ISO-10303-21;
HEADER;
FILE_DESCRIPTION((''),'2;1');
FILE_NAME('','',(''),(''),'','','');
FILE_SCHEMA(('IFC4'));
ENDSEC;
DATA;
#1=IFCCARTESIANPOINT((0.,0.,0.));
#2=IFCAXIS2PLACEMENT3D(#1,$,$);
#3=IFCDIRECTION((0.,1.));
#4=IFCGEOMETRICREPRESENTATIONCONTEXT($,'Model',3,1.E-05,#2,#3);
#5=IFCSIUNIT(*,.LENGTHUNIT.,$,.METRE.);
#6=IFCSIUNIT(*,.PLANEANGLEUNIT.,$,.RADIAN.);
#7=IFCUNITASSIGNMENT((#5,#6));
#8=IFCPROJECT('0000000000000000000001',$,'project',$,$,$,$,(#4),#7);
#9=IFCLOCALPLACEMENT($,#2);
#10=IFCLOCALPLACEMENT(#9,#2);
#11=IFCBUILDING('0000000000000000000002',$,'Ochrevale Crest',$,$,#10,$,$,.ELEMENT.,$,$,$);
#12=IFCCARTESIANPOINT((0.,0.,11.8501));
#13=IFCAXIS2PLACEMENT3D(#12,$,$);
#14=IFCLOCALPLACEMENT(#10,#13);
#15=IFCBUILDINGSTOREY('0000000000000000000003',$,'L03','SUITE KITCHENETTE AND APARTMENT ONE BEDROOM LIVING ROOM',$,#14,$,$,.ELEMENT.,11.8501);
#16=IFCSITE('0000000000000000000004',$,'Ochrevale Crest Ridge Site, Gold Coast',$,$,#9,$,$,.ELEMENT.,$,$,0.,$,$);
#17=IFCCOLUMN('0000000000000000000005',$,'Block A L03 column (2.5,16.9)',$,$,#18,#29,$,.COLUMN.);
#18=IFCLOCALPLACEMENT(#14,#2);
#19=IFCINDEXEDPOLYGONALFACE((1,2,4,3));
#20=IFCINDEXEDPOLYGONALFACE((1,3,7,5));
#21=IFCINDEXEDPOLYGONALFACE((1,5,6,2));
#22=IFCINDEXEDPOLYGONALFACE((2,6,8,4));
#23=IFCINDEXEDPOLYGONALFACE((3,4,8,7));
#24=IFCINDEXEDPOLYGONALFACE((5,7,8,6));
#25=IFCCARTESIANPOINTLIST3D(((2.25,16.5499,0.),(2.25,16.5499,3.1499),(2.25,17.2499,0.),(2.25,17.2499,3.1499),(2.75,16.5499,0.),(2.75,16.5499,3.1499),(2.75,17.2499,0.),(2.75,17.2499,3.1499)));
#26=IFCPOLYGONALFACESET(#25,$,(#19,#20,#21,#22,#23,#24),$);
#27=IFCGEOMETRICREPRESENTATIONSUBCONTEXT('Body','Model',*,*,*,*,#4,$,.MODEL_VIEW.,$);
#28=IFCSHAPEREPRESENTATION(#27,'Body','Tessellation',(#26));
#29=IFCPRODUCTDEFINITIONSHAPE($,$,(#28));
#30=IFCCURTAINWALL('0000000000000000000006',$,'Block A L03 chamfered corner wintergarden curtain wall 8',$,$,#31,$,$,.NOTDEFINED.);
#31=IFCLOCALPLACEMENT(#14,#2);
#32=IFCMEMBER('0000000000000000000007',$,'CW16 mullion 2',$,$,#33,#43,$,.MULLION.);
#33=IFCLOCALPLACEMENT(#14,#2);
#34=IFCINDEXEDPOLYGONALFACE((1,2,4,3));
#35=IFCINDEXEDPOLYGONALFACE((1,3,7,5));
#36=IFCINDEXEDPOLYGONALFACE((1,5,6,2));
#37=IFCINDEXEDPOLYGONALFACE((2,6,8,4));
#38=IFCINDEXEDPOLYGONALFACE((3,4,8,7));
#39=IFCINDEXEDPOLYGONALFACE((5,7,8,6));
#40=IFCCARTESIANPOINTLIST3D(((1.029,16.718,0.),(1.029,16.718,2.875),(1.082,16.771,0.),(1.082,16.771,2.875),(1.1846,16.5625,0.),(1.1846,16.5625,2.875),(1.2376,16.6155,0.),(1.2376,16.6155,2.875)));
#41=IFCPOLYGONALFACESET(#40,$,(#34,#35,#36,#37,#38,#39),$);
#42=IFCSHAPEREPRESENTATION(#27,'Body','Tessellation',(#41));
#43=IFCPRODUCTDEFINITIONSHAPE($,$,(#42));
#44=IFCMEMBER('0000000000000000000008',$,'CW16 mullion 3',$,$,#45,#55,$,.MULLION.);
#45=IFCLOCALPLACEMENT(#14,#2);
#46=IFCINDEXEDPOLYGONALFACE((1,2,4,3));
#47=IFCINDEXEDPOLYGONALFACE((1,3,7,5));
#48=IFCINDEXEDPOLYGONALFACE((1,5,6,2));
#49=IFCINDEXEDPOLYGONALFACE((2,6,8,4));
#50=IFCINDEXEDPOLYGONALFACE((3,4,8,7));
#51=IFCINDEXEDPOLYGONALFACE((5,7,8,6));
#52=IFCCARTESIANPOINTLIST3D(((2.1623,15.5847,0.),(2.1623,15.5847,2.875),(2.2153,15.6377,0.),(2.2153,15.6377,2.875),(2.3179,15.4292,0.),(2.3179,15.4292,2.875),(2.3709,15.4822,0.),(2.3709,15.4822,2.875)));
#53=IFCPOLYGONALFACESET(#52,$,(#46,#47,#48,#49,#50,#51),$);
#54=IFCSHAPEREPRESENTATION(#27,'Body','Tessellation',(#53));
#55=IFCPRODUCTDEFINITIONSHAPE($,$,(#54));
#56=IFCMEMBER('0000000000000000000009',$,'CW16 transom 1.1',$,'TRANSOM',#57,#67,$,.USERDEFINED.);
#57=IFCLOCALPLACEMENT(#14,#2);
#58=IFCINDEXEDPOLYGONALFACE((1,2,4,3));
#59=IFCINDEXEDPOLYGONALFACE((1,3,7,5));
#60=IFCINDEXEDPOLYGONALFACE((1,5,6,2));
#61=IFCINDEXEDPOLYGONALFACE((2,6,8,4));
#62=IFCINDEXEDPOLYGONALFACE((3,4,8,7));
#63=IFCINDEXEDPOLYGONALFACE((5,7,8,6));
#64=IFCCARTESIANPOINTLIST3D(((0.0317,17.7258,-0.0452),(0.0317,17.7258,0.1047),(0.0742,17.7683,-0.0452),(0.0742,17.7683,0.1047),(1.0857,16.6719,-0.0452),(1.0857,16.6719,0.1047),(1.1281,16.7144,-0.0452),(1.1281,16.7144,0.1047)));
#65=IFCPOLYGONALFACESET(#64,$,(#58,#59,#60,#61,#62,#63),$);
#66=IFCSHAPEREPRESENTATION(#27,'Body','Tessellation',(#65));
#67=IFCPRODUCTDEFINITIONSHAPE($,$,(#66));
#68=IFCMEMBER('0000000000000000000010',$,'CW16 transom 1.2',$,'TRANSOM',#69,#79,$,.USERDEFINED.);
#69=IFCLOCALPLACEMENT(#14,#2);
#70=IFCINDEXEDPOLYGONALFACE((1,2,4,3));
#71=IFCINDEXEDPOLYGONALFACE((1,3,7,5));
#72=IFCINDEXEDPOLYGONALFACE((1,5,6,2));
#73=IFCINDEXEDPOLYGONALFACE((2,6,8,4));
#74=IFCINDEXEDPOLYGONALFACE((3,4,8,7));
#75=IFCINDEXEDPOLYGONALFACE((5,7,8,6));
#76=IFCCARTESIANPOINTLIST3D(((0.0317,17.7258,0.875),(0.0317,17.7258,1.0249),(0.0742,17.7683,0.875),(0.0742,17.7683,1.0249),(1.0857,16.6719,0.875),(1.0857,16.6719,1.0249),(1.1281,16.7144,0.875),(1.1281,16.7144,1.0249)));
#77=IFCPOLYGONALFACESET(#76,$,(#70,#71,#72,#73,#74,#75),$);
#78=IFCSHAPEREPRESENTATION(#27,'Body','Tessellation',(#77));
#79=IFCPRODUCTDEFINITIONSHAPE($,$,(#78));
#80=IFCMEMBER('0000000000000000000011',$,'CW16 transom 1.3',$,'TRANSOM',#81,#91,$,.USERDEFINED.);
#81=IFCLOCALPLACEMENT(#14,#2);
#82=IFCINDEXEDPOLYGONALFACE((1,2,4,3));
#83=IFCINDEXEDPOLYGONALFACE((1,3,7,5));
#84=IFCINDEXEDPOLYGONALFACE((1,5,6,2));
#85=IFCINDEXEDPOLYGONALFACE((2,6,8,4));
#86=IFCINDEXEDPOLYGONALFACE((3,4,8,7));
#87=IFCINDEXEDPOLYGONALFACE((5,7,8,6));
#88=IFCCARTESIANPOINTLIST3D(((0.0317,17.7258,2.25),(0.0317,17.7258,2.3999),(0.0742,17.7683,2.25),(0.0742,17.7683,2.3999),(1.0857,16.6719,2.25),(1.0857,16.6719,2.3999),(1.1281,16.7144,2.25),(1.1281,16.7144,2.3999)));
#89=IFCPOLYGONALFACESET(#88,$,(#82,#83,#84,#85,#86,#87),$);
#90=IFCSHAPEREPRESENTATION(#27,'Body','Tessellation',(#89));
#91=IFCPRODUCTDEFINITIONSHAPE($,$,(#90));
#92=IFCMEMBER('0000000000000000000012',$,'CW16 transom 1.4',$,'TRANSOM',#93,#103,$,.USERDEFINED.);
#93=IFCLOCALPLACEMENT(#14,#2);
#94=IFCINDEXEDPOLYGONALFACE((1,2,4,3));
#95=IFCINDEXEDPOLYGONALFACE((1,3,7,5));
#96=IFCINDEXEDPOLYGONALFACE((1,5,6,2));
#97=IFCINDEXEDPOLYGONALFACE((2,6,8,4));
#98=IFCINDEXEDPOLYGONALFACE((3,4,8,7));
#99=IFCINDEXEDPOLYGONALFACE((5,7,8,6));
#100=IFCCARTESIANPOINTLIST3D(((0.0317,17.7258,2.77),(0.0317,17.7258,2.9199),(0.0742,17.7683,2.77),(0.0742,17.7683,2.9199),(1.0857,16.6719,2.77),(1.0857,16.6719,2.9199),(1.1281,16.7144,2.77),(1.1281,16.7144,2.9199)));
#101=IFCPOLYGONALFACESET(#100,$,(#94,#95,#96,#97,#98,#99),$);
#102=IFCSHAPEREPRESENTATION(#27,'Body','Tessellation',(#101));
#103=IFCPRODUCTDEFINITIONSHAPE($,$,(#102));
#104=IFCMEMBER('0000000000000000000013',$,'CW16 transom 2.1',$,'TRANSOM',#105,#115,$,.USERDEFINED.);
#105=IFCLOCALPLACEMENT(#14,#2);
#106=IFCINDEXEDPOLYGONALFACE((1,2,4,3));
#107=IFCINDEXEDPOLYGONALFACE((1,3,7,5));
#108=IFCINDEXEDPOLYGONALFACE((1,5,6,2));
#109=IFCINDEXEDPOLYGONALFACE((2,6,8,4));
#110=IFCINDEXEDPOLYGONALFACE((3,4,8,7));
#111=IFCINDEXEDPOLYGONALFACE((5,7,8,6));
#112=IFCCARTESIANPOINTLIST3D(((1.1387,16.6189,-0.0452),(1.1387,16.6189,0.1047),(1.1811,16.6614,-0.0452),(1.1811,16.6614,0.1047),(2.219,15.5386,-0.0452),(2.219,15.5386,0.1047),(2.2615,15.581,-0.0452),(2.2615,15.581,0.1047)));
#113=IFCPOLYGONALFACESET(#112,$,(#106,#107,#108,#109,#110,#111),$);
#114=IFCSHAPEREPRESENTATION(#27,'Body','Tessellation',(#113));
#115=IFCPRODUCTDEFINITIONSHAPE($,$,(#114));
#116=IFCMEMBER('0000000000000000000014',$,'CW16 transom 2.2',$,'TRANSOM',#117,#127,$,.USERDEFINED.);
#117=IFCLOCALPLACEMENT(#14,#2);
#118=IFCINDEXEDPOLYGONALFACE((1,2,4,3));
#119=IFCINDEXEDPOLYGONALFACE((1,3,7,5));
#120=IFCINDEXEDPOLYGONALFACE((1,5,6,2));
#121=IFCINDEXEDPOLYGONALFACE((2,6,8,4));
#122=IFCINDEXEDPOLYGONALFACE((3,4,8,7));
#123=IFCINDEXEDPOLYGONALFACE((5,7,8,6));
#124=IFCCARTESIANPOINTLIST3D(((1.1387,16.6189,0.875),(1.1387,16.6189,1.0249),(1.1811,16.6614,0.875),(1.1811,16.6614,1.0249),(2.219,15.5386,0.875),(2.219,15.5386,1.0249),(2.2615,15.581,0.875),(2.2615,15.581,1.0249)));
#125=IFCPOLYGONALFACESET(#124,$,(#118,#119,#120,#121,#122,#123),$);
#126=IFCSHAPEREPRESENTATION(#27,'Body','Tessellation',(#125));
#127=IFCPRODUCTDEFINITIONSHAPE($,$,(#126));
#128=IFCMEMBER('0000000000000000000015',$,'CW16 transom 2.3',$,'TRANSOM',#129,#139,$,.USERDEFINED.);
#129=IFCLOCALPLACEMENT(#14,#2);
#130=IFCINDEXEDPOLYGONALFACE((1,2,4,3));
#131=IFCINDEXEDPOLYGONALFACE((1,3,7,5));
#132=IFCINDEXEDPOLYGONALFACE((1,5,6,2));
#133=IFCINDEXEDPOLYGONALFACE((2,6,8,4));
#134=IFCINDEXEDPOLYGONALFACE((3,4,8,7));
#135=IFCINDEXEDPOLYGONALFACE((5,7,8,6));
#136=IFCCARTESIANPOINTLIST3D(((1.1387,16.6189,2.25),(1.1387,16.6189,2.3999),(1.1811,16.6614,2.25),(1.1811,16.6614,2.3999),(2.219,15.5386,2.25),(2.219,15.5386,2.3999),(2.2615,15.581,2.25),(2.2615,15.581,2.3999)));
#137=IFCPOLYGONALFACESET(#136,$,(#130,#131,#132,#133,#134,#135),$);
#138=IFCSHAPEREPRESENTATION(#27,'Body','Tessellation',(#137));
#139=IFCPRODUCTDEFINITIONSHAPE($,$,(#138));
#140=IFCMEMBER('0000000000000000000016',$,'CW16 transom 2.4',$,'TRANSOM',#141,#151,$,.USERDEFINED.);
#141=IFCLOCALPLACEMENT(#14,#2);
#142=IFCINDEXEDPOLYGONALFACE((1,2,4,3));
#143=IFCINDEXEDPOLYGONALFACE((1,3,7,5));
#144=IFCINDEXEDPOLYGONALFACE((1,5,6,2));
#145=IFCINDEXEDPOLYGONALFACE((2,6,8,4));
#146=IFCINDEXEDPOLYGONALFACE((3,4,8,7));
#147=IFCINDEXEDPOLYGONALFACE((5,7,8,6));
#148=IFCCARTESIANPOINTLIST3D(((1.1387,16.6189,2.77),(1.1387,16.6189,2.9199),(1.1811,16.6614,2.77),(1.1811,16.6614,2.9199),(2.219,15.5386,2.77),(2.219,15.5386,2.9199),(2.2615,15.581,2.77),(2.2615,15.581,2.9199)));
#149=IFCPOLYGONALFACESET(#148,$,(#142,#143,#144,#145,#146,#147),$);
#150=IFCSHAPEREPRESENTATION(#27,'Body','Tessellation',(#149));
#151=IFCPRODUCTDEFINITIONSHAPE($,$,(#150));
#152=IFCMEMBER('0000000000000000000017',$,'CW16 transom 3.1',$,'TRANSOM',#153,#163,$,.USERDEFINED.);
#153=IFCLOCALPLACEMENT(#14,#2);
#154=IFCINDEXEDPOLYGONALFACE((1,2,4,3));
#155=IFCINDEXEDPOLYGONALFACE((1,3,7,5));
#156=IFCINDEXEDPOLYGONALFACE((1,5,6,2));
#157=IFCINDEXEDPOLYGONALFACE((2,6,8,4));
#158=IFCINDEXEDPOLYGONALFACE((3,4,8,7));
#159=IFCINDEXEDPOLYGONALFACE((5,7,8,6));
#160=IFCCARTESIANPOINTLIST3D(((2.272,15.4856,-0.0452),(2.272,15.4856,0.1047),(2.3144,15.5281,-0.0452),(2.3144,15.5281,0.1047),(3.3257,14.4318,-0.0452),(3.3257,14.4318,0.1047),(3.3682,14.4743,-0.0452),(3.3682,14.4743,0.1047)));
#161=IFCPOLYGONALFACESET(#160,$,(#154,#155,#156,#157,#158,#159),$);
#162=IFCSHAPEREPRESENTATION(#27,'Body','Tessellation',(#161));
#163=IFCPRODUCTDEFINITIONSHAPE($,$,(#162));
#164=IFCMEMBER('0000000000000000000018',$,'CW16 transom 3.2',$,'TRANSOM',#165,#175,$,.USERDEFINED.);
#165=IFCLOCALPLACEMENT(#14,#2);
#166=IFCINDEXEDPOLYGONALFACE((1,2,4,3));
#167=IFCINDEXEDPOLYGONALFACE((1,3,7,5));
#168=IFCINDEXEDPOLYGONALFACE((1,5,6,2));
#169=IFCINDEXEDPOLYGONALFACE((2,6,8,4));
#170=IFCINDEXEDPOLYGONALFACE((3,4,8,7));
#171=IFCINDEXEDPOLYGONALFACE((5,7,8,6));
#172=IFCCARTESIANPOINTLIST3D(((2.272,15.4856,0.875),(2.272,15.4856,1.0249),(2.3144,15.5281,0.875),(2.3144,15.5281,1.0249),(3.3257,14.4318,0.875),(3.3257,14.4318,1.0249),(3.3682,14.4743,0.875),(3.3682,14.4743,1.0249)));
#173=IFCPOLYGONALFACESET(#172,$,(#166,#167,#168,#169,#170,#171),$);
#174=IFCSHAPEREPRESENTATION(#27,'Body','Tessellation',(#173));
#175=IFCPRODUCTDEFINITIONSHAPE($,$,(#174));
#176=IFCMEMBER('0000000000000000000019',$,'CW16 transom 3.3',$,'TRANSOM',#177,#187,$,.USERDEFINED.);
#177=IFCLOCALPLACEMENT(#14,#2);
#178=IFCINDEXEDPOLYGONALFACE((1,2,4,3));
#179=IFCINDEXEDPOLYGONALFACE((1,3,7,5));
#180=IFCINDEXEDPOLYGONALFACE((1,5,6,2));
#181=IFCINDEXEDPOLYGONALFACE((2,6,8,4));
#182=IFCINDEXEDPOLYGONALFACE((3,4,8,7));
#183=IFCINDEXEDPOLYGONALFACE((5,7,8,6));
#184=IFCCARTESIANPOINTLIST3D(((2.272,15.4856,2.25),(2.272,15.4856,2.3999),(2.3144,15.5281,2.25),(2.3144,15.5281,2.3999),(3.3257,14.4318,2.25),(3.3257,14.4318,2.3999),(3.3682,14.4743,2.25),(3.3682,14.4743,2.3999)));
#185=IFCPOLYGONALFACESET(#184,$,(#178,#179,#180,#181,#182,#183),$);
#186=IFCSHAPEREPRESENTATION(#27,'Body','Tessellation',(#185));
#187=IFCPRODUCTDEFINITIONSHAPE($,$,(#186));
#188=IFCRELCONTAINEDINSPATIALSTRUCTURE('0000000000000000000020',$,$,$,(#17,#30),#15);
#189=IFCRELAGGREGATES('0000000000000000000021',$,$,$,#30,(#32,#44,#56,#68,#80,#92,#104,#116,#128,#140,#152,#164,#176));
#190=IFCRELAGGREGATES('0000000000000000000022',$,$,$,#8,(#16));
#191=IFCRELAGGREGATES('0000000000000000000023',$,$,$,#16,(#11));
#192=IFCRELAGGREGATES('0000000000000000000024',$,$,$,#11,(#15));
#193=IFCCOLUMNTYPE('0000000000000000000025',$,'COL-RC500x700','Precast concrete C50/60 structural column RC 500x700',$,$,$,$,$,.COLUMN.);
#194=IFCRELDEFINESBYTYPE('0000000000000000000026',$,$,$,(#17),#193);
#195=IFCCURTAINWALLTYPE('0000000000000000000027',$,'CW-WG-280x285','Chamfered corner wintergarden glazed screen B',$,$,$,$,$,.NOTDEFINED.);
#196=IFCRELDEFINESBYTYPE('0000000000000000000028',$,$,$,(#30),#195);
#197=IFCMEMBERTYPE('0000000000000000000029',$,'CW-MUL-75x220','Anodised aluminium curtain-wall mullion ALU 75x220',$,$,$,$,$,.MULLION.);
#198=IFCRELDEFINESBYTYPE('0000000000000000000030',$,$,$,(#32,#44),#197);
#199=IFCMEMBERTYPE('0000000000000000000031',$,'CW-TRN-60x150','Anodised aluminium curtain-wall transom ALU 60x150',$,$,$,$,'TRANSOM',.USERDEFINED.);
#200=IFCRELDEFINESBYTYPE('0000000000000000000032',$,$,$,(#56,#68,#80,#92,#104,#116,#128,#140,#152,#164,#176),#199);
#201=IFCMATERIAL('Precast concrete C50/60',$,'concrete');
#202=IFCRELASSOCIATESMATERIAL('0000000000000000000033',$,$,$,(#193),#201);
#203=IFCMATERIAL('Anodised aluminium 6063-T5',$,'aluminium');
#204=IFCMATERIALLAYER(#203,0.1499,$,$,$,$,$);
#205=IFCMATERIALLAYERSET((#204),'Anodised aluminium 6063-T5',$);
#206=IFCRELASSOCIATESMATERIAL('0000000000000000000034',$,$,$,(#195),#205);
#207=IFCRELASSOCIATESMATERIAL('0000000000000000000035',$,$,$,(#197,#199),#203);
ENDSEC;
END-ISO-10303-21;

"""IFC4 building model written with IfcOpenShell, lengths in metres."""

from ifc_helpers import new_model, si_unit, direction, frame, origin, origin_2d, place, context, subcontext, project, spatial, rectangle, extrude, material, layer, layer_set, material_profile, profile_set, type_object, element, aggregate, save


model = new_model("IFC4")

# Units and contexts
model_context = context("Model", 3, precision=1e-05, world=origin(), true_north=direction((0.0, 1.0)))
body_context = subcontext(model_context, "Body", "Model", "MODEL_VIEW")
ifc_project = project(units=[si_unit("LENGTHUNIT", "METRE"), si_unit("PLANEANGLEUNIT", "RADIAN")], contexts=[model_context])

# Site, building, storey
site_placement = place(None, origin())
site = spatial("IfcSite", under=ifc_project, at=site_placement, Name="Ochrevale Crest Ridge Site, Gold Coast", CompositionType="ELEMENT", RefElevation=0.0)
building_placement = place(site_placement, origin())
building = spatial("IfcBuilding", under=site, at=building_placement, Name="Ochrevale Crest", CompositionType="ELEMENT")
storey_placement = place(building_placement, frame((0.0, 0.0, 11.8501)))
storey = spatial("IfcBuildingStorey", under=building, at=storey_placement, Name="L03", Description="SUITE KITCHENETTE AND APARTMENT ONE BEDROOM LIVING ROOM", CompositionType="ELEMENT", Elevation=11.8501)

# Column
ifc_material_1 = material(Name="Precast concrete C50/60", Category="concrete")
ifc_material_profile_1 = material_profile(ifc_material_1, rectangle(XDim=0.5, YDim=0.7, at=origin_2d()), Name="RC 500x700")
ifc_profile_set_1 = profile_set([ifc_material_profile_1], Name="Precast concrete C50/60")
column_type = type_object("IfcColumnType", Name="COL-RC500x700", Description="Precast concrete C50/60 structural column RC 500x700", PredefinedType="COLUMN", material=ifc_profile_set_1)
column_placement = place(storey_placement, frame((2.5, 16.8999, 0.0), z_axis=(0.0, 0.0, 1.0), x_axis=(1.0, 0.0, 0.0)))
element("IfcColumn", 1, at=column_placement, inside=storey, type_object=column_type, Name="Block A L03 column (2.5,16.9)", PredefinedType="COLUMN", context=body_context, shape_type="SweptSolid", body=[
    extrude(rectangle(XDim=0.5, YDim=0.7, at=origin_2d()), origin(), (0.0, 0.0, 1.0), 3.1499),
])

# Curtain wall, members
ifc_material_2 = material(Name="Anodised aluminium 6063-T5", Category="aluminium")
ifc_layer_1 = layer(ifc_material_2, 0.1499)
ifc_layer_set_1 = layer_set([ifc_layer_1], Name="Anodised aluminium 6063-T5")
curtain_wall_type = type_object("IfcCurtainWallType", Name="CW-WG-280x285", Description="Chamfered corner wintergarden glazed screen B", PredefinedType="NOTDEFINED", material=ifc_layer_set_1)
curtain_wall_placement = place(storey_placement, origin())
curtain_wall = element("IfcCurtainWall", 2, at=curtain_wall_placement, inside=storey, type_object=curtain_wall_type, Name="Block A L03 chamfered corner wintergarden curtain wall 8", PredefinedType="NOTDEFINED")
ifc_material_profile_2 = material_profile(ifc_material_2, rectangle(XDim=0.075, YDim=0.22, at=origin_2d()), Name="ALU 75x220")
ifc_profile_set_2 = profile_set([ifc_material_profile_2], Name="Anodised aluminium 6063-T5")
member_type_1 = type_object("IfcMemberType", Name="CW-MUL-75x220", Description="Anodised aluminium curtain-wall mullion ALU 75x220", PredefinedType="MULLION", material=ifc_profile_set_2)
member_1_placement = place(storey_placement, frame((1.1333, 16.6667, 0.0), z_axis=(0.0, 0.0, 1.0), x_axis=(0.707107, 0.707107, 0.0)))
member_1 = element("IfcMember", 3, at=member_1_placement, type_object=member_type_1, Name="CW16 mullion 2", PredefinedType="MULLION", context=body_context, shape_type="SweptSolid", body=[
    extrude(rectangle(XDim=0.075, YDim=0.22, at=origin_2d()), origin(), (0.0, 0.0, 1.0), 2.875),
])
member_2_placement = place(storey_placement, frame((2.2666, 15.5334, 0.0), z_axis=(0.0, 0.0, 1.0), x_axis=(0.707107, 0.707107, 0.0)))
member_2 = element("IfcMember", 4, at=member_2_placement, type_object=member_type_1, Name="CW16 mullion 3", PredefinedType="MULLION", context=body_context, shape_type="SweptSolid", body=[
    extrude(rectangle(XDim=0.075, YDim=0.22, at=origin_2d()), origin(), (0.0, 0.0, 1.0), 2.875),
])
ifc_material_profile_3 = material_profile(ifc_material_2, rectangle(XDim=0.0601, YDim=0.1499, at=origin_2d()), Name="ALU 60x150")
ifc_profile_set_3 = profile_set([ifc_material_profile_3], Name="Anodised aluminium 6063-T5")
member_type_2 = type_object("IfcMemberType", Name="CW-TRN-60x150", Description="Anodised aluminium curtain-wall transom ALU 60x150", ElementType="TRANSOM", PredefinedType="USERDEFINED", material=ifc_profile_set_3)
member_3_placement = place(storey_placement, frame((0.053, 17.7471, 0.0298), z_axis=(0.707107, -0.707107, 0.0), x_axis=(0.707107, 0.707107, 0.0)))
member_3 = element("IfcMember", 5, at=member_3_placement, type_object=member_type_2, Name="CW16 transom 1.1", ObjectType="TRANSOM", PredefinedType="USERDEFINED", context=body_context, shape_type="SweptSolid", body=[
    extrude(rectangle(XDim=0.0601, YDim=0.1499, at=origin_2d()), origin(), (0.0, 0.0, 1.0), 1.4905),
])
member_4_placement = place(storey_placement, frame((0.053, 17.7471, 0.95), z_axis=(0.707107, -0.707107, 0.0), x_axis=(0.707107, 0.707107, 0.0)))
member_4 = element("IfcMember", 6, at=member_4_placement, type_object=member_type_2, Name="CW16 transom 1.2", ObjectType="TRANSOM", PredefinedType="USERDEFINED", context=body_context, shape_type="SweptSolid", body=[
    extrude(rectangle(XDim=0.0601, YDim=0.1499, at=origin_2d()), origin(), (0.0, 0.0, 1.0), 1.4905),
])
member_5_placement = place(storey_placement, frame((0.053, 17.7471, 2.325), z_axis=(0.707107, -0.707107, 0.0), x_axis=(0.707107, 0.707107, 0.0)))
member_5 = element("IfcMember", 7, at=member_5_placement, type_object=member_type_2, Name="CW16 transom 1.3", ObjectType="TRANSOM", PredefinedType="USERDEFINED", context=body_context, shape_type="SweptSolid", body=[
    extrude(rectangle(XDim=0.0601, YDim=0.1499, at=origin_2d()), origin(), (0.0, 0.0, 1.0), 1.4905),
])
member_6_placement = place(storey_placement, frame((0.053, 17.7471, 2.845), z_axis=(0.707107, -0.707107, 0.0), x_axis=(0.707107, 0.707107, 0.0)))
member_6 = element("IfcMember", 8, at=member_6_placement, type_object=member_type_2, Name="CW16 transom 1.4", ObjectType="TRANSOM", PredefinedType="USERDEFINED", context=body_context, shape_type="SweptSolid", body=[
    extrude(rectangle(XDim=0.0601, YDim=0.1499, at=origin_2d()), origin(), (0.0, 0.0, 1.0), 1.4905),
])
member_7_placement = place(storey_placement, frame((1.1599, 16.6401, 0.0298), z_axis=(0.707107, -0.707107, 0.0), x_axis=(0.707107, 0.707107, 0.0)))
member_7 = element("IfcMember", 9, at=member_7_placement, type_object=member_type_2, Name="CW16 transom 2.1", ObjectType="TRANSOM", PredefinedType="USERDEFINED", context=body_context, shape_type="SweptSolid", body=[
    extrude(rectangle(XDim=0.0601, YDim=0.1499, at=origin_2d()), origin(), (0.0, 0.0, 1.0), 1.5278),
])
member_8_placement = place(storey_placement, frame((1.1599, 16.6401, 0.95), z_axis=(0.707107, -0.707107, 0.0), x_axis=(0.707107, 0.707107, 0.0)))
member_8 = element("IfcMember", 10, at=member_8_placement, type_object=member_type_2, Name="CW16 transom 2.2", ObjectType="TRANSOM", PredefinedType="USERDEFINED", context=body_context, shape_type="SweptSolid", body=[
    extrude(rectangle(XDim=0.0601, YDim=0.1499, at=origin_2d()), origin(), (0.0, 0.0, 1.0), 1.5278),
])
member_9_placement = place(storey_placement, frame((1.1599, 16.6401, 2.325), z_axis=(0.707107, -0.707107, 0.0), x_axis=(0.707107, 0.707107, 0.0)))
member_9 = element("IfcMember", 11, at=member_9_placement, type_object=member_type_2, Name="CW16 transom 2.3", ObjectType="TRANSOM", PredefinedType="USERDEFINED", context=body_context, shape_type="SweptSolid", body=[
    extrude(rectangle(XDim=0.0601, YDim=0.1499, at=origin_2d()), origin(), (0.0, 0.0, 1.0), 1.5278),
])
member_10_placement = place(storey_placement, frame((1.1599, 16.6401, 2.845), z_axis=(0.707107, -0.707107, 0.0), x_axis=(0.707107, 0.707107, 0.0)))
member_10 = element("IfcMember", 12, at=member_10_placement, type_object=member_type_2, Name="CW16 transom 2.4", ObjectType="TRANSOM", PredefinedType="USERDEFINED", context=body_context, shape_type="SweptSolid", body=[
    extrude(rectangle(XDim=0.0601, YDim=0.1499, at=origin_2d()), origin(), (0.0, 0.0, 1.0), 1.5278),
])
member_11_placement = place(storey_placement, frame((2.2932, 15.5068, 0.0298), z_axis=(0.707107, -0.707107, 0.0), x_axis=(0.707107, 0.707107, 0.0)))
member_11 = element("IfcMember", 13, at=member_11_placement, type_object=member_type_2, Name="CW16 transom 3.1", ObjectType="TRANSOM", PredefinedType="USERDEFINED", context=body_context, shape_type="SweptSolid", body=[
    extrude(rectangle(XDim=0.0601, YDim=0.1499, at=origin_2d()), origin(), (0.0, 0.0, 1.0), 1.4902),
])
member_12_placement = place(storey_placement, frame((2.2932, 15.5068, 0.95), z_axis=(0.707107, -0.707107, 0.0), x_axis=(0.707107, 0.707107, 0.0)))
member_12 = element("IfcMember", 14, at=member_12_placement, type_object=member_type_2, Name="CW16 transom 3.2", ObjectType="TRANSOM", PredefinedType="USERDEFINED", context=body_context, shape_type="SweptSolid", body=[
    extrude(rectangle(XDim=0.0601, YDim=0.1499, at=origin_2d()), origin(), (0.0, 0.0, 1.0), 1.4902),
])
member_13_placement = place(storey_placement, frame((2.2932, 15.5068, 2.325), z_axis=(0.707107, -0.707107, 0.0), x_axis=(0.707107, 0.707107, 0.0)))
member_13 = element("IfcMember", 15, at=member_13_placement, type_object=member_type_2, Name="CW16 transom 3.3", ObjectType="TRANSOM", PredefinedType="USERDEFINED", context=body_context, shape_type="SweptSolid", body=[
    extrude(rectangle(XDim=0.0601, YDim=0.1499, at=origin_2d()), origin(), (0.0, 0.0, 1.0), 1.4902),
])
aggregate(curtain_wall, [member_1, member_2, member_3, member_4, member_5, member_6, member_7, member_8, member_9, member_10, member_11, member_12, member_13])

save(model, "model.ifc")
